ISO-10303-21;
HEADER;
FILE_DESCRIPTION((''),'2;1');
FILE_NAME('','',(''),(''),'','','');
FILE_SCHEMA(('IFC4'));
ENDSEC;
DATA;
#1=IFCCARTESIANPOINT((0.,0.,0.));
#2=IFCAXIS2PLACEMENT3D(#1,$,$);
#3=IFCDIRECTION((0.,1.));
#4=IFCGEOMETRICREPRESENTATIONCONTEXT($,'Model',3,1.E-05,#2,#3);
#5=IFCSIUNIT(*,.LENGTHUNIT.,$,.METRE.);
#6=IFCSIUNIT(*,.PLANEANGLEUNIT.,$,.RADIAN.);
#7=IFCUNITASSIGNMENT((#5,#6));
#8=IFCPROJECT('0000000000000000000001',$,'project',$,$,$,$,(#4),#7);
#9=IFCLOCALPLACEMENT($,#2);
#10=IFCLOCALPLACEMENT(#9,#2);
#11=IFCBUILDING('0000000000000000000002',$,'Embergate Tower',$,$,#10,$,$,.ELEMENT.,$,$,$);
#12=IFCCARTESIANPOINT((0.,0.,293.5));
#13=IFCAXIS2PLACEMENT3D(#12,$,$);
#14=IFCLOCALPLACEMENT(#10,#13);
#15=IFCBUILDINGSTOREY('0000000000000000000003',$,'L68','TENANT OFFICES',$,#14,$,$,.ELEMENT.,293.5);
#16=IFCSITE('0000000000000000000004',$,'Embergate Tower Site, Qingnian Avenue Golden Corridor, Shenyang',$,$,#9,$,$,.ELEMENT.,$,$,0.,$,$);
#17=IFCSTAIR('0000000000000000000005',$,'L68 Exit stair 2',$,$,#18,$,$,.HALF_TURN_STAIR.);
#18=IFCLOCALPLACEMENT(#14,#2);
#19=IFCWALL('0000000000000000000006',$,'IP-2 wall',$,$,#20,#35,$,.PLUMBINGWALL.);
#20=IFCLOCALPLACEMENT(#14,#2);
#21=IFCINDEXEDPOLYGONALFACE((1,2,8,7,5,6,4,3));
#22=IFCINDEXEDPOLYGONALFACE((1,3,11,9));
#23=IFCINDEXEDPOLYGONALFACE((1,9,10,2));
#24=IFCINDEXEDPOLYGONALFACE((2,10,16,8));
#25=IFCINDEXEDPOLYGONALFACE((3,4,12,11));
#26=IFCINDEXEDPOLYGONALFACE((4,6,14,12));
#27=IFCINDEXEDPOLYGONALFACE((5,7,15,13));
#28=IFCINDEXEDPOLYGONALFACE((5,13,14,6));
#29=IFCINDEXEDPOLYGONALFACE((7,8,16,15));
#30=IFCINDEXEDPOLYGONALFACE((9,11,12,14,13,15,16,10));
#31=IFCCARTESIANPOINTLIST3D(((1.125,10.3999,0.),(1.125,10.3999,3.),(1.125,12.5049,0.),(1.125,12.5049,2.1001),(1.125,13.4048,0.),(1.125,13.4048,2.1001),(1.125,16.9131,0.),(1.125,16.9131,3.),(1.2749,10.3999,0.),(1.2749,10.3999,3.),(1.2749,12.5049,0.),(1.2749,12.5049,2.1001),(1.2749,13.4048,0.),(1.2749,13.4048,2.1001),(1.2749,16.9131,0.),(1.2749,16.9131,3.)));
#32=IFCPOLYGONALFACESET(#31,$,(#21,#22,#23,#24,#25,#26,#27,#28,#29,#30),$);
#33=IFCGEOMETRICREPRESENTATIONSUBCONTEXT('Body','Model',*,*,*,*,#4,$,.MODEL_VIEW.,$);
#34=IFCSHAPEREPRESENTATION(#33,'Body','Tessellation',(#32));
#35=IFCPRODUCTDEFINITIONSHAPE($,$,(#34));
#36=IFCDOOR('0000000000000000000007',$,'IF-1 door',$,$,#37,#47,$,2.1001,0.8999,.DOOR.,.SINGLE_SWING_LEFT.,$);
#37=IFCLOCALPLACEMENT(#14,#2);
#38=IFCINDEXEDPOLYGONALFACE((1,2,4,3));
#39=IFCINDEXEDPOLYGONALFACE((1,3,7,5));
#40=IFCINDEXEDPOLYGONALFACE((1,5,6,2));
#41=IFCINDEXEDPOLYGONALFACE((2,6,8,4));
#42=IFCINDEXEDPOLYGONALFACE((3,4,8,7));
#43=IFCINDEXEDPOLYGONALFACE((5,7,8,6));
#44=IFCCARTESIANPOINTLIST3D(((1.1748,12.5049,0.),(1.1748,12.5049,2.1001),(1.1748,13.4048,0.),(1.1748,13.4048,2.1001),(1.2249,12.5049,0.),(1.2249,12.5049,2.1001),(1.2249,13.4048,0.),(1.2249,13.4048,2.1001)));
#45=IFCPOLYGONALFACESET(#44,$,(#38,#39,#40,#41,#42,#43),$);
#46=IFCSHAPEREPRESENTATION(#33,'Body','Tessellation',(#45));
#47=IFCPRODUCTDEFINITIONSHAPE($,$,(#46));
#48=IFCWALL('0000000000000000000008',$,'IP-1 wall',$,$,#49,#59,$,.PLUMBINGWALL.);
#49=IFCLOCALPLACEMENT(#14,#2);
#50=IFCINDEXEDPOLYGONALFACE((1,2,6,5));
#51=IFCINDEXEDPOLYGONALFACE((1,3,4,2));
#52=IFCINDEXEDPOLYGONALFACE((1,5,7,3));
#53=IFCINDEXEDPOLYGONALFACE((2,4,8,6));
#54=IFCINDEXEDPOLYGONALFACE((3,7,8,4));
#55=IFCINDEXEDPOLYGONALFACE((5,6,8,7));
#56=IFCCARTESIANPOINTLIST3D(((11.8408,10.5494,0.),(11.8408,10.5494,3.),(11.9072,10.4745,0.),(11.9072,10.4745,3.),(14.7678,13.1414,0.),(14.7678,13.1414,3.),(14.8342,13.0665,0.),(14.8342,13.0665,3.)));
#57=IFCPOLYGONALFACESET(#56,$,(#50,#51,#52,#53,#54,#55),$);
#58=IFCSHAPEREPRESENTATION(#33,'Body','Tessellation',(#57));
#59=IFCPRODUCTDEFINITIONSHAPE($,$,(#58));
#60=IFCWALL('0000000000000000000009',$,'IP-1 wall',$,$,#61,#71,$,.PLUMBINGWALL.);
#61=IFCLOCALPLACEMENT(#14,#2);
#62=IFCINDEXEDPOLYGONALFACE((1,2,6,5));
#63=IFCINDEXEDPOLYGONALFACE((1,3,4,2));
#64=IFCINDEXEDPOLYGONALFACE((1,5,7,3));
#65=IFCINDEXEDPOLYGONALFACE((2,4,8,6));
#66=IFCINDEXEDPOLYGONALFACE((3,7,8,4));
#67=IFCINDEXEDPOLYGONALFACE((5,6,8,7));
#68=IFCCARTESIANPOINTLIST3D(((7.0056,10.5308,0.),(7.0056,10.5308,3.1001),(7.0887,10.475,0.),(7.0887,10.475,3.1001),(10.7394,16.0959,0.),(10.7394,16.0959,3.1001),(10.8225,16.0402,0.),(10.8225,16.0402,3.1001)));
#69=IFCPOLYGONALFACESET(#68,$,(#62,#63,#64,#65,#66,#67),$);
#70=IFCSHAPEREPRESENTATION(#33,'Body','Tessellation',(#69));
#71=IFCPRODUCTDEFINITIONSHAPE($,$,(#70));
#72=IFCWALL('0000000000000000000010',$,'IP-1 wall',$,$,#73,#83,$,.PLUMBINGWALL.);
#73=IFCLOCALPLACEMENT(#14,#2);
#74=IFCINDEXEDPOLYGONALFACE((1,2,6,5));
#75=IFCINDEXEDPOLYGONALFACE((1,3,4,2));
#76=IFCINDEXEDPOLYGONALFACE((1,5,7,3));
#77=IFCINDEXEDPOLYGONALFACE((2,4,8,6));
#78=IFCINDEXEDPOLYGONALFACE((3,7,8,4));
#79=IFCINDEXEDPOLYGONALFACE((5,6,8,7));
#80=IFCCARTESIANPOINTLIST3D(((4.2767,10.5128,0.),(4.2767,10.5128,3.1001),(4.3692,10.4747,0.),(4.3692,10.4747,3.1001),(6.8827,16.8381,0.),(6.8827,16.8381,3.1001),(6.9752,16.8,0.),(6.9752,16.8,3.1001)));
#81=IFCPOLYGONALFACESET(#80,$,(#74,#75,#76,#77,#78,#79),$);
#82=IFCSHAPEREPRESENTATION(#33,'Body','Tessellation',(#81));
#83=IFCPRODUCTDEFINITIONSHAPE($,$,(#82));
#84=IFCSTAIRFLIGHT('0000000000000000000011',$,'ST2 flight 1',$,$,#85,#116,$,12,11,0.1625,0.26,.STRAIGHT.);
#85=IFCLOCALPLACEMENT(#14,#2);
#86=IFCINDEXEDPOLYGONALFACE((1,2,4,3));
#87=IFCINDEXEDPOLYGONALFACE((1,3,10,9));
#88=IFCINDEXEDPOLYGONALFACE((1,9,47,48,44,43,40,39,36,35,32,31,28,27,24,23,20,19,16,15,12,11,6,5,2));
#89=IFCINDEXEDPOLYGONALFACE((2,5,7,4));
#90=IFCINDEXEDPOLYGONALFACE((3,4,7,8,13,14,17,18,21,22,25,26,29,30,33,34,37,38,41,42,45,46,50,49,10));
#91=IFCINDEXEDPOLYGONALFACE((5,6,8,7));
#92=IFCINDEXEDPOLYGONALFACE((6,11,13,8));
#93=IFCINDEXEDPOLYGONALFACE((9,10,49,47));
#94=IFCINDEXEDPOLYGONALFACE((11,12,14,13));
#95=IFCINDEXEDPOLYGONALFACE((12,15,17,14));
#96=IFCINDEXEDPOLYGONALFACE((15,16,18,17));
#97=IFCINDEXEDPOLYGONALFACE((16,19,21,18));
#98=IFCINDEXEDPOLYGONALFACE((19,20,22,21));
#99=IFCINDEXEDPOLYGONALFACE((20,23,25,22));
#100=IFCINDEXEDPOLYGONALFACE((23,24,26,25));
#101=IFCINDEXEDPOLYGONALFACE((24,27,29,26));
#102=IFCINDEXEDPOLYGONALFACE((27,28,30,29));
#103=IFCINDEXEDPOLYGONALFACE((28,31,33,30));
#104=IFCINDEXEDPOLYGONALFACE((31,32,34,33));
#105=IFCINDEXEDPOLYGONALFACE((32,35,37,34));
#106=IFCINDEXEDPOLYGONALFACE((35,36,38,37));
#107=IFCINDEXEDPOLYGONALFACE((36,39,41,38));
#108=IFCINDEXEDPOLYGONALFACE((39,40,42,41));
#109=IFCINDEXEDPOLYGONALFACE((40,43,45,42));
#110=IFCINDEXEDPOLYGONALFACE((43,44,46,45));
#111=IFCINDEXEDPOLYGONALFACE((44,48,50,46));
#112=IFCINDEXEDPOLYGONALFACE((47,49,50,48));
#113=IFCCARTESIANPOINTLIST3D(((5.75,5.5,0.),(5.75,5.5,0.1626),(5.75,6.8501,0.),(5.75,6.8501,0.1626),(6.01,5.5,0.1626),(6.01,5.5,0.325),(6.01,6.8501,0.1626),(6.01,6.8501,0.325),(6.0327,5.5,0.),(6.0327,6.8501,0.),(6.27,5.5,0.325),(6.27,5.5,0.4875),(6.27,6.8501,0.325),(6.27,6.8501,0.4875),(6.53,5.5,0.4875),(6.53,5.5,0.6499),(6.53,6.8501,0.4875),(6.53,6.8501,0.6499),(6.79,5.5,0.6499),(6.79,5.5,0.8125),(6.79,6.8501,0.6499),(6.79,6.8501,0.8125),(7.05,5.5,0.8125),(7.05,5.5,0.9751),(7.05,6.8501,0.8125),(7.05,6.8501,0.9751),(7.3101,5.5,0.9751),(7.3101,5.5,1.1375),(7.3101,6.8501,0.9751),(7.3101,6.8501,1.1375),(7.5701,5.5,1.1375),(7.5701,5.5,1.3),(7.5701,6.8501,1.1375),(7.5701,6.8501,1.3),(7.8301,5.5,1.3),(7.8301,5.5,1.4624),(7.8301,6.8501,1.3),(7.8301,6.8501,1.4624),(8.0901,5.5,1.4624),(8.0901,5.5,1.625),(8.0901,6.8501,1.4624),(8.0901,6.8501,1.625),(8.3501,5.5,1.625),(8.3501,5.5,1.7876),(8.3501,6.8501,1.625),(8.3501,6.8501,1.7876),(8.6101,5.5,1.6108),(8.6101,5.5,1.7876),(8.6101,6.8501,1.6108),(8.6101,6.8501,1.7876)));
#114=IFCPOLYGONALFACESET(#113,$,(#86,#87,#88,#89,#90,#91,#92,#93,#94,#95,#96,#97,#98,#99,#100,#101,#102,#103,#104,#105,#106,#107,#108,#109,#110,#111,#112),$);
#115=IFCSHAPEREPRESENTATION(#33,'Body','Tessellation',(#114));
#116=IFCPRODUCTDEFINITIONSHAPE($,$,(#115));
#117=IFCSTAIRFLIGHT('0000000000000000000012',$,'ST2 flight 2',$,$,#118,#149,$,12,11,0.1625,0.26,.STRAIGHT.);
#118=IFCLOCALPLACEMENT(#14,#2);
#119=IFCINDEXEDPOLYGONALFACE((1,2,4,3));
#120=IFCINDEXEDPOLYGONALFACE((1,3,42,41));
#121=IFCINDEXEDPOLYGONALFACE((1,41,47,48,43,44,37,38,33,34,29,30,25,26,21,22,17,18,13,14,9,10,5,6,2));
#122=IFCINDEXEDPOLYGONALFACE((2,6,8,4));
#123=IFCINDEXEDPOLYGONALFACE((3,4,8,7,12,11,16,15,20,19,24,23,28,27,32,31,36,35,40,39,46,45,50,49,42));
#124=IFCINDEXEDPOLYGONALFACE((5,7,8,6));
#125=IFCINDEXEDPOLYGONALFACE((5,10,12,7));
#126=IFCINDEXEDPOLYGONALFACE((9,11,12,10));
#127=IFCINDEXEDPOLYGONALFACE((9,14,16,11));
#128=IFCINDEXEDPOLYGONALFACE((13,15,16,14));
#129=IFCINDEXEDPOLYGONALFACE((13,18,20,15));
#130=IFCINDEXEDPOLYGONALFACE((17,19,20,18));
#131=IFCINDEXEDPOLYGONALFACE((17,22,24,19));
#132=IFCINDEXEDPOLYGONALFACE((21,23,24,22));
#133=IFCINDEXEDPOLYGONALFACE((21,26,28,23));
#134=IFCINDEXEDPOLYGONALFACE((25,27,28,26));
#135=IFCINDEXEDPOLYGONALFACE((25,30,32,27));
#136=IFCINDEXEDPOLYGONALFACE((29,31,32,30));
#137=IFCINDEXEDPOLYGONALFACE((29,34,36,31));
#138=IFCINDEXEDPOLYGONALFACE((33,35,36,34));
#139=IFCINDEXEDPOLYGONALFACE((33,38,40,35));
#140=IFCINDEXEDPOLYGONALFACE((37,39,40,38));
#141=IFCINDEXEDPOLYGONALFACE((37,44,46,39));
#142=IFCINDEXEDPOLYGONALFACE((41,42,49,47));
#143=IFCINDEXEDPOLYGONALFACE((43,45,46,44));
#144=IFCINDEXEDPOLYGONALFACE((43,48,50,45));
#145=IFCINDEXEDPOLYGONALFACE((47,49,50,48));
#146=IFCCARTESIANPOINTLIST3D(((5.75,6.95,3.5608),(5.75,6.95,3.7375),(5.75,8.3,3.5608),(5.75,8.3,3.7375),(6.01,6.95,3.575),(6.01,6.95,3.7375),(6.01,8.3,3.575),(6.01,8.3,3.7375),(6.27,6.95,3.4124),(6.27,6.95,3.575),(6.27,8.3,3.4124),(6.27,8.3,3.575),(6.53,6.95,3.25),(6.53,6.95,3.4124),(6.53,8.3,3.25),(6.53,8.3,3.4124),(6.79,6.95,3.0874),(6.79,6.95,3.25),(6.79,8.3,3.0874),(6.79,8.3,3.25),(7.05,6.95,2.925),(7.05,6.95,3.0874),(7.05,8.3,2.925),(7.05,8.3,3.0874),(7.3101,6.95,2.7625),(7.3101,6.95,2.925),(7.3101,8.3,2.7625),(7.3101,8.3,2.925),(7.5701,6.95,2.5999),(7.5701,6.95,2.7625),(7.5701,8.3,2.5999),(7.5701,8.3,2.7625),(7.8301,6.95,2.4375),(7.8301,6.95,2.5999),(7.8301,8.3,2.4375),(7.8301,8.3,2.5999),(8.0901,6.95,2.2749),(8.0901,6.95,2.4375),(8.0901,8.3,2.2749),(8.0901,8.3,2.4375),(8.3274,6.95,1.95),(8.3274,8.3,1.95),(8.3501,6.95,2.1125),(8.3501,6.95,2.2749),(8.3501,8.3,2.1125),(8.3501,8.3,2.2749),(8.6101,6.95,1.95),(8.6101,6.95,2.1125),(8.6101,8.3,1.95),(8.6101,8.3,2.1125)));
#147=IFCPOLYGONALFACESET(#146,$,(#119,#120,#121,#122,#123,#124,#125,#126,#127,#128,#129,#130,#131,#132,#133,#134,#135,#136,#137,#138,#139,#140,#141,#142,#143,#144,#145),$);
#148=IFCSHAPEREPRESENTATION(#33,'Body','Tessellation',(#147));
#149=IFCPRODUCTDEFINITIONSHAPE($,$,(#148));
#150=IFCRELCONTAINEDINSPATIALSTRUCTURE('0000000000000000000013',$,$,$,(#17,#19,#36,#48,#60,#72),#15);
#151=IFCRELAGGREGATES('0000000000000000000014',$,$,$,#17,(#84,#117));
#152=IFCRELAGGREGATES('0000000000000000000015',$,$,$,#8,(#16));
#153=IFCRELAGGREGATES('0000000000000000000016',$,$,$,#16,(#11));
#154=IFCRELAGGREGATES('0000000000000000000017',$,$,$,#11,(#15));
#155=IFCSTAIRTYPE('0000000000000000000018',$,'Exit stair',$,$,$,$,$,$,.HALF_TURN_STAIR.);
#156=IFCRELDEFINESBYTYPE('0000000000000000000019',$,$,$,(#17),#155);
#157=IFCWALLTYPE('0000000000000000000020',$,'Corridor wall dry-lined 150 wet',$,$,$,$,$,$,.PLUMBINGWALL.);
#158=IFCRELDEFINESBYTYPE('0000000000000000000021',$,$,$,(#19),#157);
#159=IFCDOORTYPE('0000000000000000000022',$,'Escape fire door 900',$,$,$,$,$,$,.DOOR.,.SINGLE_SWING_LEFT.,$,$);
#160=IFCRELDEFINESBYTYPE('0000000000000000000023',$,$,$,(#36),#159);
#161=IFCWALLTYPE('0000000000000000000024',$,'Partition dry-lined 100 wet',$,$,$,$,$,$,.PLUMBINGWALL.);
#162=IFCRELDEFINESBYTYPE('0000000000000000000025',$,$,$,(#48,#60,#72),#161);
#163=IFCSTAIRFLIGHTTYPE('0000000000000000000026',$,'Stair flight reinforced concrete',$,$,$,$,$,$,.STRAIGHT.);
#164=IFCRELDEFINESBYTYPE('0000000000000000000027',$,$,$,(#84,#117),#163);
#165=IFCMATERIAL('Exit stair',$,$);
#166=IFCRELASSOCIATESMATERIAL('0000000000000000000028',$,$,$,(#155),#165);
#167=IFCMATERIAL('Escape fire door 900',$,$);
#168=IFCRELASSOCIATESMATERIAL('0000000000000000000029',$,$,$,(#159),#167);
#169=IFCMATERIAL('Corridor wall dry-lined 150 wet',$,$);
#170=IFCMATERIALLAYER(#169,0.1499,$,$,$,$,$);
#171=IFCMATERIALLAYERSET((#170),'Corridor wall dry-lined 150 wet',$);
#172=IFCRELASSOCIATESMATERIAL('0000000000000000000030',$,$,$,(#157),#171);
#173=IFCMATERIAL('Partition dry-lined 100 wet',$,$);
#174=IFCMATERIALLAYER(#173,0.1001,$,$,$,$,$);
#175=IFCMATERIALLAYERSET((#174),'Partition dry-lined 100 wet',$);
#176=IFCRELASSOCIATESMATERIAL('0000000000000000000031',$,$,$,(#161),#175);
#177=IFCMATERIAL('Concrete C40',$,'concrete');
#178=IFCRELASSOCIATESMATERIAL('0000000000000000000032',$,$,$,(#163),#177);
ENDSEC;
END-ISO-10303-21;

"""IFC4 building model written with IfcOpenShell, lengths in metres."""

from ifc_helpers import new_model, si_unit, direction, frame, frame_2d, origin, place, context, subcontext, project, spatial, polyline, rectangle, outline, extrude, source, transform, mapped, material, layer, layer_set, type_object, element, fill, aggregate, save


model = new_model("IFC4")

# Units and contexts
model_context = context("Model", 3, precision=1e-05, world=origin(), true_north=direction((0.0, 1.0)))
body_context = subcontext(model_context, "Body", "Model", "MODEL_VIEW")
ifc_project = project(units=[si_unit("LENGTHUNIT", "METRE"), si_unit("PLANEANGLEUNIT", "RADIAN")], contexts=[model_context])

# Site, building, storey
site_placement = place(None, origin())
site = spatial("IfcSite", under=ifc_project, at=site_placement, Name="Embergate Tower Site, Qingnian Avenue Golden Corridor, Shenyang", CompositionType="ELEMENT", RefElevation=0.0)
building_placement = place(site_placement, origin())
building = spatial("IfcBuilding", under=site, at=building_placement, Name="Embergate Tower", CompositionType="ELEMENT")
storey_placement = place(building_placement, frame((0.0, 0.0, 293.5)))
storey = spatial("IfcBuildingStorey", under=building, at=storey_placement, Name="L68", Description="TENANT OFFICES", CompositionType="ELEMENT", Elevation=293.5)

# Stair
ifc_material_1 = material(Name="Exit stair")
stair_type = type_object("IfcStairType", Name="Exit stair", PredefinedType="HALF_TURN_STAIR", material=ifc_material_1)
stair_placement = place(storey_placement, origin())
stair = element("IfcStair", 1, at=stair_placement, inside=storey, type_object=stair_type, Name="L68 Exit stair 2", PredefinedType="HALF_TURN_STAIR")
ifc_material_2 = material(Name="Concrete C40", Category="concrete")

# Shared definitions
shared_shape_1 = source(origin(), body_context, "Body", "SweptSolid", [
    extrude(rectangle(XDim=0.8999, YDim=2.1001, at=frame_2d((0.45, 1.05))), frame((0.0, 0.085, 0.0), z_axis=(0.0, -1.0, 0.0), x_axis=(1.0, 0.0, 0.0)), (0.0, 0.0, 1.0), 0.1699),
])
ifc_material_3 = material(Name="Escape fire door 900")
door_type_1 = type_object("IfcDoorType", Name="Escape fire door 900", OperationType="SINGLE_SWING_LEFT", PredefinedType="DOOR", material=ifc_material_3)
shared_shape_2 = source(origin(), body_context, "Body", "SweptSolid", [
    extrude(rectangle(XDim=0.8999, YDim=2.1001, at=frame_2d((0.45, 1.05))), frame((0.0, 0.0249, 0.0), z_axis=(0.0, -1.0, 0.0), x_axis=(1.0, 0.0, 0.0)), (0.0, 0.0, 1.0), 0.05),
])

# Wall, opening, door
ifc_material_4 = material(Name="Corridor wall dry-lined 150 wet")
ifc_layer_1 = layer(ifc_material_4, 0.1499)
ifc_layer_set_1 = layer_set([ifc_layer_1], Name="Corridor wall dry-lined 150 wet")
wall_type_1 = type_object("IfcWallType", Name="Corridor wall dry-lined 150 wet", PredefinedType="PLUMBINGWALL", material=ifc_layer_set_1)
shared_shape_3 = source(origin(), body_context, "Body", "SweptSolid", [
    extrude(rectangle(XDim=6.5132, YDim=0.1499, at=frame_2d((3.2566, 0.0))), origin(), (0.0, 0.0, 1.0), 3.0),
])
wall_1_placement = place(storey_placement, frame((1.2, 16.9131, 0.0), z_axis=(0.0, 0.0, 1.0), x_axis=(0.0, -1.0, 0.0)))
wall_1 = element("IfcWall", 2, at=wall_1_placement, inside=storey, type_object=wall_type_1, Name="IP-2 wall", PredefinedType="PLUMBINGWALL", context=body_context, shape_type="MappedRepresentation", body=[
    mapped(shared_shape_3, transform((0.0, 0.0, 0.0))),
])
opening_1_placement = place(wall_1_placement, frame((3.5083, 0.0, 0.0)))
opening_1 = element("IfcOpeningElement", 3, at=opening_1_placement, cuts=wall_1, PredefinedType="OPENING", context=body_context, shape_type="MappedRepresentation", body=[
    mapped(shared_shape_1, transform((0.0, 0.0, 0.0))),
])
door_1_placement = place(opening_1_placement, origin())
door_1 = element("IfcDoor", 4, at=door_1_placement, inside=storey, type_object=door_type_1, Name="IF-1 door", OperationType="SINGLE_SWING_LEFT", OverallHeight=2.1001, OverallWidth=0.8999, PredefinedType="DOOR", context=body_context, shape_type="MappedRepresentation", body=[
    mapped(shared_shape_2, transform((0.0, 0.0, 0.0))),
])
fill(opening_1, door_1)

# Walls
ifc_material_5 = material(Name="Partition dry-lined 100 wet")
ifc_layer_2 = layer(ifc_material_5, 0.1001)
ifc_layer_set_2 = layer_set([ifc_layer_2], Name="Partition dry-lined 100 wet")
wall_type_2 = type_object("IfcWallType", Name="Partition dry-lined 100 wet", PredefinedType="PLUMBINGWALL", material=ifc_layer_set_2)
shared_shape_4 = source(origin(), body_context, "Body", "SweptSolid", [
    extrude(rectangle(XDim=3.9097, YDim=0.1001, at=frame_2d((1.9548, 0.0))), origin(), (0.0, 0.0, 1.0), 3.0),
])
wall_2_placement = place(storey_placement, frame((11.874, 10.512, 0.0), z_axis=(0.0, 0.0, 1.0), x_axis=(0.748645, 0.662971, 0.0)))
element("IfcWall", 5, at=wall_2_placement, inside=storey, type_object=wall_type_2, Name="IP-1 wall", PredefinedType="PLUMBINGWALL", context=body_context, shape_type="MappedRepresentation", body=[
    mapped(shared_shape_4, transform((0.0, 0.0, 0.0))),
])
shared_shape_5 = source(origin(), body_context, "Body", "SweptSolid", [
    extrude(rectangle(XDim=6.7017, YDim=0.1001, at=frame_2d((3.3508, 0.0))), origin(), (0.0, 0.0, 1.0), 3.1001),
])
wall_3_placement = place(storey_placement, frame((7.0471, 10.5029, 0.0), z_axis=(0.0, 0.0, 1.0), x_axis=(0.557153, 0.83041, 0.0)))
element("IfcWall", 6, at=wall_3_placement, inside=storey, type_object=wall_type_2, Name="IP-1 wall", PredefinedType="PLUMBINGWALL", context=body_context, shape_type="MappedRepresentation", body=[
    mapped(shared_shape_5, transform((0.0, 0.0, 0.0))),
])
shared_shape_6 = source(origin(), body_context, "Body", "SweptSolid", [
    extrude(rectangle(XDim=6.8411, YDim=0.1001, at=frame_2d((3.4204, 0.0))), origin(), (0.0, 0.0, 1.0), 3.1001),
])
wall_4_placement = place(storey_placement, frame((4.323, 10.4939, 0.0), z_axis=(0.0, 0.0, 1.0), x_axis=(0.380933, 0.924603, 0.0)))
element("IfcWall", 7, at=wall_4_placement, inside=storey, type_object=wall_type_2, Name="IP-1 wall", PredefinedType="PLUMBINGWALL", context=body_context, shape_type="MappedRepresentation", body=[
    mapped(shared_shape_6, transform((0.0, 0.0, 0.0))),
])

# Stair flights
stair_flight_type = type_object("IfcStairFlightType", Name="Stair flight reinforced concrete", PredefinedType="STRAIGHT", material=ifc_material_2)
shared_shape_7 = source(origin(), body_context, "Body", "SweptSolid", [
    extrude(outline(polyline([(0.0, 0.0), (0.0, 0.1626), (0.26, 0.1626), (0.26, 0.325), (0.52, 0.325), (0.52, 0.4875), (0.78, 0.4875), (0.78, 0.6499), (1.04, 0.6499), (1.04, 0.8125), (1.3, 0.8125), (1.3, 0.9751), (1.5601, 0.9751), (1.5601, 1.1375), (1.8201, 1.1375), (1.8201, 1.3), (2.0801, 1.3), (2.0801, 1.4624), (2.3401, 1.4624), (2.3401, 1.625), (2.6001, 1.625), (2.6001, 1.7876), (2.8601, 1.7876), (2.8601, 1.95), (2.8601, 1.6108), (0.2827, 0.0), (0.0, 0.0)])), frame((0.0, 0.675, 0.0), z_axis=(0.0, -1.0, 0.0), x_axis=(1.0, 0.0, 0.0)), (0.0, 0.0, 1.0), 1.3501),
])
stair_flight_1_placement = place(storey_placement, frame((5.75, 6.175, 0.0), z_axis=(0.0, 0.0, 1.0), x_axis=(1.0, 0.0, 0.0)))
stair_flight_1 = element("IfcStairFlight", 8, at=stair_flight_1_placement, type_object=stair_flight_type, Name="ST2 flight 1", NumberOfRisers=12, NumberOfTreads=11, PredefinedType="STRAIGHT", RiserHeight=0.1625, TreadLength=0.26, context=body_context, shape_type="MappedRepresentation", body=[
    mapped(shared_shape_7, transform((0.0, 0.0, 0.0))),
])
stair_flight_2_placement = place(storey_placement, frame((8.6101, 7.625, 1.95), z_axis=(0.0, 0.0, 1.0), x_axis=(-1.0, 0.0, 0.0)))
stair_flight_2 = element("IfcStairFlight", 9, at=stair_flight_2_placement, type_object=stair_flight_type, Name="ST2 flight 2", NumberOfRisers=12, NumberOfTreads=11, PredefinedType="STRAIGHT", RiserHeight=0.1625, TreadLength=0.26, context=body_context, shape_type="MappedRepresentation", body=[
    mapped(shared_shape_7, transform((0.0, 0.0, 0.0))),
])
aggregate(stair, [stair_flight_1, stair_flight_2])

save(model, "model.ifc")
